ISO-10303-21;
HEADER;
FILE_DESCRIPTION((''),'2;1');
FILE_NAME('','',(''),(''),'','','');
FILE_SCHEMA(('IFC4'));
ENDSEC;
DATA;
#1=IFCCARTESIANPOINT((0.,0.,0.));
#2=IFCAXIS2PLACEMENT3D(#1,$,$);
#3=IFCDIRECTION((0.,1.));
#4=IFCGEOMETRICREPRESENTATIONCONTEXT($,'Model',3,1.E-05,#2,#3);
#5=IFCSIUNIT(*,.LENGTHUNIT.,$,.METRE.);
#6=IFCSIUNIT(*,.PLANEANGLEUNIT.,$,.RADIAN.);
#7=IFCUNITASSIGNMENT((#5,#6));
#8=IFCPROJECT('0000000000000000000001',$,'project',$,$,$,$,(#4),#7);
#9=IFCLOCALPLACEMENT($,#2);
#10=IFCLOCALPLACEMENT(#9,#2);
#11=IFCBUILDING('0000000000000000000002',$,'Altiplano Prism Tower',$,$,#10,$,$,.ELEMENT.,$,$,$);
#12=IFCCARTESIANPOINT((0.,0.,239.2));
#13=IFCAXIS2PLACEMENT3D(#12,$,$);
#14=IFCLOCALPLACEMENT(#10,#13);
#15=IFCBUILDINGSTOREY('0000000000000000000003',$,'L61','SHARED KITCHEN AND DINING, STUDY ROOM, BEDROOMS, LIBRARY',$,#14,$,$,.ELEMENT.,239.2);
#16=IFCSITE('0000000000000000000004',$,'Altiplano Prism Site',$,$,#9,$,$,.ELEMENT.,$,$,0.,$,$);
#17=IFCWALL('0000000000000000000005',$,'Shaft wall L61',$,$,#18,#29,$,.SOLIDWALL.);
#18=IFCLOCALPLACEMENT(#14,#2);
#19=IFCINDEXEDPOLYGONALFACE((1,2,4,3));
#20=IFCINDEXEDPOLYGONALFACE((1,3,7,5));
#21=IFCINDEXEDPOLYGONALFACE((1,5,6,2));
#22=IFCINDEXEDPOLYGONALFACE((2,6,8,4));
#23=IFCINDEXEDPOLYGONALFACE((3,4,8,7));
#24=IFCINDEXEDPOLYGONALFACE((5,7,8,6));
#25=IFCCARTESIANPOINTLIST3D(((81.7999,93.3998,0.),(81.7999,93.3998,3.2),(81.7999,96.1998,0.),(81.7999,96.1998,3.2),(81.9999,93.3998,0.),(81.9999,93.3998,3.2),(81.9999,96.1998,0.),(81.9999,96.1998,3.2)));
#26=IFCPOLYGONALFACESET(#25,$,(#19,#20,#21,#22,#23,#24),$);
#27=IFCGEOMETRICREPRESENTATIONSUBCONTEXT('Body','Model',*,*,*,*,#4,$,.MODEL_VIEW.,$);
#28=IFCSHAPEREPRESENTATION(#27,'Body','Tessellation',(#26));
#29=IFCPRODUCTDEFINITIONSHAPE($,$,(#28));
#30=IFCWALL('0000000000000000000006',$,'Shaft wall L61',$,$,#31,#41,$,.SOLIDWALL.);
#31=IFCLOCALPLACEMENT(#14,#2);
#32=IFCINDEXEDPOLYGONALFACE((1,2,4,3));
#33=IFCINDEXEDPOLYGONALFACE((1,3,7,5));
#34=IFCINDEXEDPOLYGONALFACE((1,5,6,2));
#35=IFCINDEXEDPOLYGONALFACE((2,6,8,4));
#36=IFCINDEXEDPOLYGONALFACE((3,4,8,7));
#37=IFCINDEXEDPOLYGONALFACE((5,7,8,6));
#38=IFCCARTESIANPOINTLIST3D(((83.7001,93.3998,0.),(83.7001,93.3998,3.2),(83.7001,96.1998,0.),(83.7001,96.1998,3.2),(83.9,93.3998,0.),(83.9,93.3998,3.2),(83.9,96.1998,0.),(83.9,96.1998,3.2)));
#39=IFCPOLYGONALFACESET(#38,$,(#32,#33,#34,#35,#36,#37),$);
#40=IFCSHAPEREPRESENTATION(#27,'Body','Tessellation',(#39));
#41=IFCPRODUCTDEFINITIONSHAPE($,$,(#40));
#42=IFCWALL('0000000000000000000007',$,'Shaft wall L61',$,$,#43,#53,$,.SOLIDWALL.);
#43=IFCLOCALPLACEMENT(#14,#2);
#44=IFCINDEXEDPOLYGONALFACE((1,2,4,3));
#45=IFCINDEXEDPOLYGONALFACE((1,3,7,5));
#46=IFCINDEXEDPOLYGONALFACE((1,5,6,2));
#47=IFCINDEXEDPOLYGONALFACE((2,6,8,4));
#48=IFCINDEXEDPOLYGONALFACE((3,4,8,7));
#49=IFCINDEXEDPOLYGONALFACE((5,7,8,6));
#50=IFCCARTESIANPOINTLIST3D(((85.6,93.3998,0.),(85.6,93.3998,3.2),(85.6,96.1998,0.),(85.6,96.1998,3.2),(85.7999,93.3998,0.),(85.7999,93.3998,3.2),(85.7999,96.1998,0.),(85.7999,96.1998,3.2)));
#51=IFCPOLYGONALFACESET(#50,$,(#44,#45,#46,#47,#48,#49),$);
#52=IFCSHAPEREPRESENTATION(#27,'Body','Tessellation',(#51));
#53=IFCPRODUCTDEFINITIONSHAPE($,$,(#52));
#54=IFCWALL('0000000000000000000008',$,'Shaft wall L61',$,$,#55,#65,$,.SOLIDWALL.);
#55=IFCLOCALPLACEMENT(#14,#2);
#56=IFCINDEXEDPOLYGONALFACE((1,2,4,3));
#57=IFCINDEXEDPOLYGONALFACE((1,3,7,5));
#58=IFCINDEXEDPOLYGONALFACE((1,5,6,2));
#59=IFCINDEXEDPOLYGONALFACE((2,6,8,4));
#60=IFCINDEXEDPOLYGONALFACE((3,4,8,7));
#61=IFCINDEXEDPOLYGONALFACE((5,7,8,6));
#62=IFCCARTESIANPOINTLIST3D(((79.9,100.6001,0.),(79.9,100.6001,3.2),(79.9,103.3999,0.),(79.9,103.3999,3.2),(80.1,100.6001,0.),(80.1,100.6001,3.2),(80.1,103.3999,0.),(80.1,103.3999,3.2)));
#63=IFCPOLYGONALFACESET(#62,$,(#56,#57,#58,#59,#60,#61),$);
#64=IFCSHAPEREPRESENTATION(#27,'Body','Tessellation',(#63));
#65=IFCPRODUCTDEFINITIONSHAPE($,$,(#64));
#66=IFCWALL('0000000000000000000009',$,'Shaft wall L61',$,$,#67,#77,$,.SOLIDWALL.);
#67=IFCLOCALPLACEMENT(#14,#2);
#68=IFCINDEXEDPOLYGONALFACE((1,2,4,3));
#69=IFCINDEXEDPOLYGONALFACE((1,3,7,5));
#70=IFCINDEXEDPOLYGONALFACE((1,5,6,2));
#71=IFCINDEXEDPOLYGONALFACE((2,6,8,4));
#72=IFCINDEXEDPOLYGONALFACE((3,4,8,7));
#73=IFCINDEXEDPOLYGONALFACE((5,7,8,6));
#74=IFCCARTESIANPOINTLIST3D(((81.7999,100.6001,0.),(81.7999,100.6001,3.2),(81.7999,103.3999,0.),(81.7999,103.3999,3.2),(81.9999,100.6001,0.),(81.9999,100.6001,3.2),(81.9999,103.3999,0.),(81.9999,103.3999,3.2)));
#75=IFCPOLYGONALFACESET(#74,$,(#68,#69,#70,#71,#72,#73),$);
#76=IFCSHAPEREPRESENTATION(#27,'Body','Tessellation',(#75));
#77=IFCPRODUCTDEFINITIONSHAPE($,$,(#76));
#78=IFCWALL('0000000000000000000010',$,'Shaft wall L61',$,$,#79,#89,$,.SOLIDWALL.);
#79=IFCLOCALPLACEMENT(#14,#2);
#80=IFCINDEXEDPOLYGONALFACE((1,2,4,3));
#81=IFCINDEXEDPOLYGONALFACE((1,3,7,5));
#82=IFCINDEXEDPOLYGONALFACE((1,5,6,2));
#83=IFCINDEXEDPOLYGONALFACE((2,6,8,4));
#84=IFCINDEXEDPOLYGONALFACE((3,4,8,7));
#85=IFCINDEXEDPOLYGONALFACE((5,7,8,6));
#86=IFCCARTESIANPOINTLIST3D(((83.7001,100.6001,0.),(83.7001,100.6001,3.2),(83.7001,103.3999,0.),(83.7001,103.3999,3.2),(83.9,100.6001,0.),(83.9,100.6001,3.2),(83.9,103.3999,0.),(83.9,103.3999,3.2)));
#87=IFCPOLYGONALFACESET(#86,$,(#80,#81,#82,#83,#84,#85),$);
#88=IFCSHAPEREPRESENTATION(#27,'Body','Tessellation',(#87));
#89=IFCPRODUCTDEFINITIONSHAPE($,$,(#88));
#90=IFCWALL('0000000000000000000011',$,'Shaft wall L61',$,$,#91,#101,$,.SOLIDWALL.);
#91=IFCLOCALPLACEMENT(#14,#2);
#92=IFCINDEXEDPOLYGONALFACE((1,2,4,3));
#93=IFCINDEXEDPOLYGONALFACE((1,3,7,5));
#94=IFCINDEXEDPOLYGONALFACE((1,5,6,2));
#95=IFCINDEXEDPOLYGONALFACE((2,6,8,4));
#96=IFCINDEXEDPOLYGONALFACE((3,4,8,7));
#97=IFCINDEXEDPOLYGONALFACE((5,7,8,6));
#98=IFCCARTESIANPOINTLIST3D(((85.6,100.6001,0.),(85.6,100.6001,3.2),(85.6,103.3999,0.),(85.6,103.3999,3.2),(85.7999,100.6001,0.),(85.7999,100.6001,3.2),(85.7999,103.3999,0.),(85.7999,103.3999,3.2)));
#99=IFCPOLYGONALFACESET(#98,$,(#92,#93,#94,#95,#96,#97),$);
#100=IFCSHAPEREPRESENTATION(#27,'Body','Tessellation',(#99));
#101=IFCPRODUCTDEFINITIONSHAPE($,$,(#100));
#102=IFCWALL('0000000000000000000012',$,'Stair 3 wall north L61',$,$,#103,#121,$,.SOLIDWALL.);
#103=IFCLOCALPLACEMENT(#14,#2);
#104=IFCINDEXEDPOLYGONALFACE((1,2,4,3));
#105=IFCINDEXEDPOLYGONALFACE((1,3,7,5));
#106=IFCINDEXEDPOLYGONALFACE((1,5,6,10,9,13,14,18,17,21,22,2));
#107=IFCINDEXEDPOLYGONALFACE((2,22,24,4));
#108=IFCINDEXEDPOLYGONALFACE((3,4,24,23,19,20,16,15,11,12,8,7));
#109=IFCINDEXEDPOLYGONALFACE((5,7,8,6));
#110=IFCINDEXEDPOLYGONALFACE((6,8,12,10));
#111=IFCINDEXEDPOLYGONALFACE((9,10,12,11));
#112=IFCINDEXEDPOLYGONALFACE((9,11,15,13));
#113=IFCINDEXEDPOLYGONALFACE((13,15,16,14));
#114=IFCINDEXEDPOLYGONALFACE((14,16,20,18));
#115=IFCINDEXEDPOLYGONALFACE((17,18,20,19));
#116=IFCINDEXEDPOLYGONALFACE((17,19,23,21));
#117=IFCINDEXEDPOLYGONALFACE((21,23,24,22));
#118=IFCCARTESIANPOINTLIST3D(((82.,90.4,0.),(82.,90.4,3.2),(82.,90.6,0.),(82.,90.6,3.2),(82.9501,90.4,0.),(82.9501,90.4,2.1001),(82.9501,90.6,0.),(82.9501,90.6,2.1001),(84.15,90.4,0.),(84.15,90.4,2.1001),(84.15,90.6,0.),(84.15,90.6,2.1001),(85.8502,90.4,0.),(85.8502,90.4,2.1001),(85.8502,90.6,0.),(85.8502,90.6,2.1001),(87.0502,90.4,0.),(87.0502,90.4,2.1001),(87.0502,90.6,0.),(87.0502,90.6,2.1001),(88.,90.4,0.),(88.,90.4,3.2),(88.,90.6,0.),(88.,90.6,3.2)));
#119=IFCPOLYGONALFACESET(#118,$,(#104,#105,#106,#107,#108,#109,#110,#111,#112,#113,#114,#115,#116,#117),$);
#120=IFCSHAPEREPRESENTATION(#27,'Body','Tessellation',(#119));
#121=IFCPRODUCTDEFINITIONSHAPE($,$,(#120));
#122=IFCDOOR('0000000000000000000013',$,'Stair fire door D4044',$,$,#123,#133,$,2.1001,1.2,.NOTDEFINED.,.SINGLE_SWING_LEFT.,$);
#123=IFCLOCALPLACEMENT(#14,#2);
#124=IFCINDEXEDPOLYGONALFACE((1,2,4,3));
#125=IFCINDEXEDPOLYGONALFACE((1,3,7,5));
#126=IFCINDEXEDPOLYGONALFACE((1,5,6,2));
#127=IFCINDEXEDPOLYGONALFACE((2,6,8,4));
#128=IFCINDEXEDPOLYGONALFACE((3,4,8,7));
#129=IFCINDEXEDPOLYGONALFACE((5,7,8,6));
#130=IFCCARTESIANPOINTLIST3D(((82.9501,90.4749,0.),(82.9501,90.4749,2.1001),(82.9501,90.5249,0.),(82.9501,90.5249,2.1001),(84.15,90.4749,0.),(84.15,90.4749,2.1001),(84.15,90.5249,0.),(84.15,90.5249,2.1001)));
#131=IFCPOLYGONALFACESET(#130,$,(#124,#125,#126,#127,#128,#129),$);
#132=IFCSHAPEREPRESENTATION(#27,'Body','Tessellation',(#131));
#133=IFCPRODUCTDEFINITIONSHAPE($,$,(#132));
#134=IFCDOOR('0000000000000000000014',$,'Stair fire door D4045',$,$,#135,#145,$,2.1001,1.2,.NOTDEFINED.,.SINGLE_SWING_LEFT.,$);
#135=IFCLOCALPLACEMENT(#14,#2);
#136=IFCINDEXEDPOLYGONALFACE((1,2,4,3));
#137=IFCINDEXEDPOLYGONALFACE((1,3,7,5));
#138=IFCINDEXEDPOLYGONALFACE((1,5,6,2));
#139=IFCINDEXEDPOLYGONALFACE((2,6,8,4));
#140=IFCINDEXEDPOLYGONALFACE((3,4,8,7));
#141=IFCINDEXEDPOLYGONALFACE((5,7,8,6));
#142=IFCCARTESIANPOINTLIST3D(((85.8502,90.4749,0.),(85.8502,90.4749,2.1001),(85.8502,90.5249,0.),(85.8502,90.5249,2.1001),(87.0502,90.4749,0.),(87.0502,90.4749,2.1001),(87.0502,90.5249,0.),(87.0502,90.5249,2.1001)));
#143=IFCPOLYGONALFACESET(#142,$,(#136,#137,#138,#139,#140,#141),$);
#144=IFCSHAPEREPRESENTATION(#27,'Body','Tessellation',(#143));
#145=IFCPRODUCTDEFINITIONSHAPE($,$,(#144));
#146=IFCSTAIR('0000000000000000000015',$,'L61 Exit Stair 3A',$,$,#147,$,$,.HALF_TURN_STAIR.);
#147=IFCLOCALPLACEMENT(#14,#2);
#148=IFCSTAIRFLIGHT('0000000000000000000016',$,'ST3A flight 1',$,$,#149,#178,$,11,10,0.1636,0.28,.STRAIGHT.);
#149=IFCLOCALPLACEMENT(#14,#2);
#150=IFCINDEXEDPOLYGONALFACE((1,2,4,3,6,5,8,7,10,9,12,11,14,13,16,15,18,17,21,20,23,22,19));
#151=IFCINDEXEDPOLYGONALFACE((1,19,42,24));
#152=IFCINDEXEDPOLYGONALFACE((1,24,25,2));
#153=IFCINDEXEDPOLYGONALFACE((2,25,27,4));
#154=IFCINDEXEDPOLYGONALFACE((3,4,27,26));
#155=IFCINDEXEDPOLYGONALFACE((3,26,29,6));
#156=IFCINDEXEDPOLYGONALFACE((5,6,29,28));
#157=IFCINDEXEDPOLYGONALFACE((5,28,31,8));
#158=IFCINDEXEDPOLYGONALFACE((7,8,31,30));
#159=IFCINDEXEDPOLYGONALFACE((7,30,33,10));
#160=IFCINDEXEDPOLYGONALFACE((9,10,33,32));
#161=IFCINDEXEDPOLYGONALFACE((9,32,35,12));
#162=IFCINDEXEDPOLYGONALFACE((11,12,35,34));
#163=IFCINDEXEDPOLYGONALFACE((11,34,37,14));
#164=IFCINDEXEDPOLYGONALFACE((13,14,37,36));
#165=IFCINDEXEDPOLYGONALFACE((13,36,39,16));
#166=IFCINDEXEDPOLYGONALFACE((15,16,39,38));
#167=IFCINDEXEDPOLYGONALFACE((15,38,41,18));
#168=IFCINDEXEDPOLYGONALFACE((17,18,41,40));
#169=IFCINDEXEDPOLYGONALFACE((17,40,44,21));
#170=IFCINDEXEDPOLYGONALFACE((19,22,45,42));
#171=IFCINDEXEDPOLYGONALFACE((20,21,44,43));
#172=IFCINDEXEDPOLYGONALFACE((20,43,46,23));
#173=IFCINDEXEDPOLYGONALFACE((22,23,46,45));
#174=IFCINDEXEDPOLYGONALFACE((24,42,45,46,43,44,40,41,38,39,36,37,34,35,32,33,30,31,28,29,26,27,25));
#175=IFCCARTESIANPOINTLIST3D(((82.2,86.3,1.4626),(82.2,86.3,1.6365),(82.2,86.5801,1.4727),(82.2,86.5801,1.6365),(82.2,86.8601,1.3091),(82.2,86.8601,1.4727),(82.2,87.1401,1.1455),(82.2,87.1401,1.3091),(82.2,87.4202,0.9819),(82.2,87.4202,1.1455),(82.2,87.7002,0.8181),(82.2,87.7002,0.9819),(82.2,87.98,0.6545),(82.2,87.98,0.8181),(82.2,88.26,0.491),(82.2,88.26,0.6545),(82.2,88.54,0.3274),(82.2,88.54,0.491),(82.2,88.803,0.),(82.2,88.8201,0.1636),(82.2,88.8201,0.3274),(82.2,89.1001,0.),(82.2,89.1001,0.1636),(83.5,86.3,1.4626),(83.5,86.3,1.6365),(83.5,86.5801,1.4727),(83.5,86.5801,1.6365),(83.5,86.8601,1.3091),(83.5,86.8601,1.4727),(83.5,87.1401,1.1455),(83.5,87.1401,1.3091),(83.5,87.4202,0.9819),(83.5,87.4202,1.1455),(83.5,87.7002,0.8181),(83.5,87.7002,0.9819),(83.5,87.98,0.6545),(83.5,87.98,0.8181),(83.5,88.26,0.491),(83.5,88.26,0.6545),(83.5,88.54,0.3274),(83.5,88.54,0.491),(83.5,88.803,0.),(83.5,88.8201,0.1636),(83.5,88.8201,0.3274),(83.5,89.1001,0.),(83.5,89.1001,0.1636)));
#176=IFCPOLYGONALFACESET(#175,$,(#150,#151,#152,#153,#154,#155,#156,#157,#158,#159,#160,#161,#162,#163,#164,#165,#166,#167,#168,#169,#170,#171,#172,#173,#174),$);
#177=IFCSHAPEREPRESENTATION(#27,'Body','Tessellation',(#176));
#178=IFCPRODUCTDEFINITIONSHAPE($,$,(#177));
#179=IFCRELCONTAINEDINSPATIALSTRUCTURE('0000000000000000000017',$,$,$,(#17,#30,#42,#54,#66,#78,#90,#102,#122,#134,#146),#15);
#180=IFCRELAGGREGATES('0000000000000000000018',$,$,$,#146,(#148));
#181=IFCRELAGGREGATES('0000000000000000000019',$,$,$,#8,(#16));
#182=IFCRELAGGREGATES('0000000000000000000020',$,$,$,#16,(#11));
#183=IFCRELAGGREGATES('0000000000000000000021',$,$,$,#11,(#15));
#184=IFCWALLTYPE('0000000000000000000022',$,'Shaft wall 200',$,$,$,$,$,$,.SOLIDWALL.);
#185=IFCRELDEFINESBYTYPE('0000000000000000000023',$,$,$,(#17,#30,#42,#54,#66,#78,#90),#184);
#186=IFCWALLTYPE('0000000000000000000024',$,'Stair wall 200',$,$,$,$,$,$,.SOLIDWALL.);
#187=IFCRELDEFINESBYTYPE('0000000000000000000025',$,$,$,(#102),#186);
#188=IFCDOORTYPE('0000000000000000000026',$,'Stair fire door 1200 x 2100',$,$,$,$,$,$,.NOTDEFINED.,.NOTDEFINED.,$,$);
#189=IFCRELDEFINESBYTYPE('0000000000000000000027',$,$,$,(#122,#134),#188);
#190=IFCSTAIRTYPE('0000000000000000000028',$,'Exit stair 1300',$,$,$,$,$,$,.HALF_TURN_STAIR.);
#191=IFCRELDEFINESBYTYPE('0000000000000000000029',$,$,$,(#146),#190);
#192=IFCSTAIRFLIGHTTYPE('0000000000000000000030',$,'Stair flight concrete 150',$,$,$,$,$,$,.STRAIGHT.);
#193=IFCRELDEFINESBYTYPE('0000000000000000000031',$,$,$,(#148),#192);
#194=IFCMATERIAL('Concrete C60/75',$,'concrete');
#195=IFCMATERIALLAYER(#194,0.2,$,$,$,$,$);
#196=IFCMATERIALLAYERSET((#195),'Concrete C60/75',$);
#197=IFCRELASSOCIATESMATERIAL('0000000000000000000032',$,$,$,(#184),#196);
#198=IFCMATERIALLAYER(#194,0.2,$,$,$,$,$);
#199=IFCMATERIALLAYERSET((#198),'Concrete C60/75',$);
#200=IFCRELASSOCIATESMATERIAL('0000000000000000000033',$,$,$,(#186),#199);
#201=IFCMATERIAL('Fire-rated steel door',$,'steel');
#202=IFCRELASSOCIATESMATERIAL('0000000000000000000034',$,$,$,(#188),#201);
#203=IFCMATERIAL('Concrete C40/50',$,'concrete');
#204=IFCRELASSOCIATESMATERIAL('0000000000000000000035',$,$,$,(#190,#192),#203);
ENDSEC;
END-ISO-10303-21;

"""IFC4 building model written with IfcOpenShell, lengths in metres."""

from ifc_helpers import new_model, si_unit, direction, frame, frame_2d, origin, place, context, subcontext, project, spatial, polyline, rectangle, outline, extrude, material, layer, layer_set, type_object, element, fill, aggregate, save


model = new_model("IFC4")

# Units and contexts
model_context = context("Model", 3, precision=1e-05, world=origin(), true_north=direction((0.0, 1.0)))
body_context = subcontext(model_context, "Body", "Model", "MODEL_VIEW")
ifc_project = project(units=[si_unit("LENGTHUNIT", "METRE"), si_unit("PLANEANGLEUNIT", "RADIAN")], contexts=[model_context])

# Site, building, storey
site_placement = place(None, origin())
site = spatial("IfcSite", under=ifc_project, at=site_placement, Name="Altiplano Prism Site", CompositionType="ELEMENT", RefElevation=0.0)
building_placement = place(site_placement, origin())
building = spatial("IfcBuilding", under=site, at=building_placement, Name="Altiplano Prism Tower", CompositionType="ELEMENT")
storey_placement = place(building_placement, frame((0.0, 0.0, 239.2)))
storey = spatial("IfcBuildingStorey", under=building, at=storey_placement, Name="L61", Description="SHARED KITCHEN AND DINING, STUDY ROOM, BEDROOMS, LIBRARY", CompositionType="ELEMENT", Elevation=239.2)

# Walls
ifc_material_1 = material(Name="Concrete C60/75", Category="concrete")
ifc_layer_1 = layer(ifc_material_1, 0.2)
ifc_layer_set_1 = layer_set([ifc_layer_1], Name="Concrete C60/75")
wall_type_1 = type_object("IfcWallType", Name="Shaft wall 200", PredefinedType="SOLIDWALL", material=ifc_layer_set_1)
for number, where, z_axis, x_axis, name in (
    (1, (81.8999, 93.3999, 0.0), (0.0, 0.0, 1.0), (0.0, 1.0, 0.0), "Shaft wall L61"),
    (2, (83.8, 93.3999, 0.0), (0.0, 0.0, 1.0), (0.0, 1.0, 0.0), "Shaft wall L61"),
    (3, (85.7, 93.3999, 0.0), (0.0, 0.0, 1.0), (0.0, 1.0, 0.0), "Shaft wall L61"),
):
    element("IfcWall", number, at=place(storey_placement, frame(where, z_axis=z_axis, x_axis=x_axis)), inside=storey, type_object=wall_type_1, Name=name, PredefinedType="SOLIDWALL", context=body_context, shape_type="SweptSolid", body=[
        extrude(rectangle(XDim=2.8, YDim=0.2, at=frame_2d((1.3999, 0.0))), origin(), (0.0, 0.0, 1.0), 3.2),
    ])
for number, where, z_axis, x_axis, name in (
    (4, (80.0, 100.6001, 0.0), (0.0, 0.0, 1.0), (0.0, 1.0, 0.0), "Shaft wall L61"),
    (5, (81.8999, 100.6001, 0.0), (0.0, 0.0, 1.0), (0.0, 1.0, 0.0), "Shaft wall L61"),
    (6, (83.8, 100.6001, 0.0), (0.0, 0.0, 1.0), (0.0, 1.0, 0.0), "Shaft wall L61"),
    (7, (85.7, 100.6001, 0.0), (0.0, 0.0, 1.0), (0.0, 1.0, 0.0), "Shaft wall L61"),
):
    element("IfcWall", number, at=place(storey_placement, frame(where, z_axis=z_axis, x_axis=x_axis)), inside=storey, type_object=wall_type_1, Name=name, PredefinedType="SOLIDWALL", context=body_context, shape_type="SweptSolid", body=[
        extrude(rectangle(XDim=2.7998, YDim=0.2, at=frame_2d((1.3999, 0.0))), origin(), (0.0, 0.0, 1.0), 3.2),
    ])

# Wall, openings, doors
ifc_layer_2 = layer(ifc_material_1, 0.2)
ifc_layer_set_2 = layer_set([ifc_layer_2], Name="Concrete C60/75")
wall_type_2 = type_object("IfcWallType", Name="Stair wall 200", PredefinedType="SOLIDWALL", material=ifc_layer_set_2)
wall_placement = place(storey_placement, frame((82.0, 90.5, 0.0), z_axis=(0.0, 0.0, 1.0), x_axis=(1.0, 0.0, 0.0)))
wall = element("IfcWall", 8, at=wall_placement, inside=storey, type_object=wall_type_2, Name="Stair 3 wall north L61", PredefinedType="SOLIDWALL", context=body_context, shape_type="SweptSolid", body=[
    extrude(rectangle(XDim=6.0, YDim=0.2, at=frame_2d((3.0, 0.0))), origin(), (0.0, 0.0, 1.0), 3.2),
])
opening_1_placement = place(wall_placement, frame((0.95, 0.0, 0.0)))
opening_1 = element("IfcOpeningElement", 9, at=opening_1_placement, cuts=wall, PredefinedType="OPENING", context=body_context, shape_type="SweptSolid", body=[
    extrude(rectangle(XDim=1.2, YDim=2.1001, at=frame_2d((0.6001, 1.05))), frame((0.0, 0.1104, 0.0), z_axis=(0.0, -1.0, 0.0), x_axis=(1.0, 0.0, 0.0)), (0.0, 0.0, 1.0), 0.2209),
])
opening_2_placement = place(wall_placement, frame((3.8501, 0.0, 0.0)))
opening_2 = element("IfcOpeningElement", 10, at=opening_2_placement, cuts=wall, PredefinedType="OPENING", context=body_context, shape_type="SweptSolid", body=[
    extrude(rectangle(XDim=1.2, YDim=2.1001, at=frame_2d((0.6001, 1.05))), frame((0.0, 0.1104, 0.0), z_axis=(0.0, -1.0, 0.0), x_axis=(1.0, 0.0, 0.0)), (0.0, 0.0, 1.0), 0.2209),
])
ifc_material_2 = material(Name="Fire-rated steel door", Category="steel")
door_type = type_object("IfcDoorType", Name="Stair fire door 1200 x 2100", OperationType="NOTDEFINED", PredefinedType="NOTDEFINED", material=ifc_material_2)
door_1_placement = place(opening_1_placement, origin())
door_1 = element("IfcDoor", 11, at=door_1_placement, inside=storey, type_object=door_type, Name="Stair fire door D4044", OperationType="SINGLE_SWING_LEFT", OverallHeight=2.1001, OverallWidth=1.2, PredefinedType="NOTDEFINED", context=body_context, shape_type="SweptSolid", body=[
    extrude(rectangle(XDim=1.2, YDim=2.1001, at=frame_2d((0.6001, 1.05))), frame((0.0, 0.0249, 0.0), z_axis=(0.0, -1.0, 0.0), x_axis=(1.0, 0.0, 0.0)), (0.0, 0.0, 1.0), 0.05),
])
fill(opening_1, door_1)
door_2_placement = place(opening_2_placement, origin())
door_2 = element("IfcDoor", 12, at=door_2_placement, inside=storey, type_object=door_type, Name="Stair fire door D4045", OperationType="SINGLE_SWING_LEFT", OverallHeight=2.1001, OverallWidth=1.2, PredefinedType="NOTDEFINED", context=body_context, shape_type="SweptSolid", body=[
    extrude(rectangle(XDim=1.2, YDim=2.1001, at=frame_2d((0.6001, 1.05))), frame((0.0, 0.0249, 0.0), z_axis=(0.0, -1.0, 0.0), x_axis=(1.0, 0.0, 0.0)), (0.0, 0.0, 1.0), 0.05),
])
fill(opening_2, door_2)

# Stair, stair flight
ifc_material_3 = material(Name="Concrete C40/50", Category="concrete")
stair_type = type_object("IfcStairType", Name="Exit stair 1300", PredefinedType="HALF_TURN_STAIR", material=ifc_material_3)
stair_1_placement = place(storey_placement, origin())
stair_1 = element("IfcStair", 13, at=stair_1_placement, inside=storey, type_object=stair_type, Name="L61 Exit Stair 3A", PredefinedType="HALF_TURN_STAIR")
stair_flight_type = type_object("IfcStairFlightType", Name="Stair flight concrete 150", PredefinedType="STRAIGHT", material=ifc_material_3)
stair_flight_1_placement = place(storey_placement, frame((82.8501, 89.1001, 0.0), z_axis=(0.0, 0.0, 1.0), x_axis=(0.0, -1.0, 0.0)))
stair_flight_1 = element("IfcStairFlight", 14, at=stair_flight_1_placement, type_object=stair_flight_type, Name="ST3A flight 1", NumberOfRisers=11, NumberOfTreads=10, PredefinedType="STRAIGHT", RiserHeight=0.1636, TreadLength=0.28, context=body_context, shape_type="SweptSolid", body=[
    extrude(outline(polyline([(0.0, 0.0), (0.0, 0.1636), (0.28, 0.1636), (0.28, 0.3274), (0.5601, 0.3274), (0.5601, 0.491), (0.8401, 0.491), (0.8401, 0.6545), (1.1201, 0.6545), (1.1201, 0.8181), (1.3999, 0.8181), (1.3999, 0.9819), (1.6799, 0.9819), (1.6799, 1.1455), (1.96, 1.1455), (1.96, 1.3091), (2.24, 1.3091), (2.24, 1.4727), (2.52, 1.4727), (2.52, 1.6365), (2.8, 1.6365), (2.8, 1.8), (2.8, 1.4626), (0.2971, 0.0), (0.0, 0.0)])), frame((0.0, 0.6499, 0.0), z_axis=(0.0, -1.0, 0.0), x_axis=(1.0, 0.0, 0.0)), (0.0, 0.0, 1.0), 1.3),
])
aggregate(stair_1, [stair_flight_1])

save(model, "model.ifc")
